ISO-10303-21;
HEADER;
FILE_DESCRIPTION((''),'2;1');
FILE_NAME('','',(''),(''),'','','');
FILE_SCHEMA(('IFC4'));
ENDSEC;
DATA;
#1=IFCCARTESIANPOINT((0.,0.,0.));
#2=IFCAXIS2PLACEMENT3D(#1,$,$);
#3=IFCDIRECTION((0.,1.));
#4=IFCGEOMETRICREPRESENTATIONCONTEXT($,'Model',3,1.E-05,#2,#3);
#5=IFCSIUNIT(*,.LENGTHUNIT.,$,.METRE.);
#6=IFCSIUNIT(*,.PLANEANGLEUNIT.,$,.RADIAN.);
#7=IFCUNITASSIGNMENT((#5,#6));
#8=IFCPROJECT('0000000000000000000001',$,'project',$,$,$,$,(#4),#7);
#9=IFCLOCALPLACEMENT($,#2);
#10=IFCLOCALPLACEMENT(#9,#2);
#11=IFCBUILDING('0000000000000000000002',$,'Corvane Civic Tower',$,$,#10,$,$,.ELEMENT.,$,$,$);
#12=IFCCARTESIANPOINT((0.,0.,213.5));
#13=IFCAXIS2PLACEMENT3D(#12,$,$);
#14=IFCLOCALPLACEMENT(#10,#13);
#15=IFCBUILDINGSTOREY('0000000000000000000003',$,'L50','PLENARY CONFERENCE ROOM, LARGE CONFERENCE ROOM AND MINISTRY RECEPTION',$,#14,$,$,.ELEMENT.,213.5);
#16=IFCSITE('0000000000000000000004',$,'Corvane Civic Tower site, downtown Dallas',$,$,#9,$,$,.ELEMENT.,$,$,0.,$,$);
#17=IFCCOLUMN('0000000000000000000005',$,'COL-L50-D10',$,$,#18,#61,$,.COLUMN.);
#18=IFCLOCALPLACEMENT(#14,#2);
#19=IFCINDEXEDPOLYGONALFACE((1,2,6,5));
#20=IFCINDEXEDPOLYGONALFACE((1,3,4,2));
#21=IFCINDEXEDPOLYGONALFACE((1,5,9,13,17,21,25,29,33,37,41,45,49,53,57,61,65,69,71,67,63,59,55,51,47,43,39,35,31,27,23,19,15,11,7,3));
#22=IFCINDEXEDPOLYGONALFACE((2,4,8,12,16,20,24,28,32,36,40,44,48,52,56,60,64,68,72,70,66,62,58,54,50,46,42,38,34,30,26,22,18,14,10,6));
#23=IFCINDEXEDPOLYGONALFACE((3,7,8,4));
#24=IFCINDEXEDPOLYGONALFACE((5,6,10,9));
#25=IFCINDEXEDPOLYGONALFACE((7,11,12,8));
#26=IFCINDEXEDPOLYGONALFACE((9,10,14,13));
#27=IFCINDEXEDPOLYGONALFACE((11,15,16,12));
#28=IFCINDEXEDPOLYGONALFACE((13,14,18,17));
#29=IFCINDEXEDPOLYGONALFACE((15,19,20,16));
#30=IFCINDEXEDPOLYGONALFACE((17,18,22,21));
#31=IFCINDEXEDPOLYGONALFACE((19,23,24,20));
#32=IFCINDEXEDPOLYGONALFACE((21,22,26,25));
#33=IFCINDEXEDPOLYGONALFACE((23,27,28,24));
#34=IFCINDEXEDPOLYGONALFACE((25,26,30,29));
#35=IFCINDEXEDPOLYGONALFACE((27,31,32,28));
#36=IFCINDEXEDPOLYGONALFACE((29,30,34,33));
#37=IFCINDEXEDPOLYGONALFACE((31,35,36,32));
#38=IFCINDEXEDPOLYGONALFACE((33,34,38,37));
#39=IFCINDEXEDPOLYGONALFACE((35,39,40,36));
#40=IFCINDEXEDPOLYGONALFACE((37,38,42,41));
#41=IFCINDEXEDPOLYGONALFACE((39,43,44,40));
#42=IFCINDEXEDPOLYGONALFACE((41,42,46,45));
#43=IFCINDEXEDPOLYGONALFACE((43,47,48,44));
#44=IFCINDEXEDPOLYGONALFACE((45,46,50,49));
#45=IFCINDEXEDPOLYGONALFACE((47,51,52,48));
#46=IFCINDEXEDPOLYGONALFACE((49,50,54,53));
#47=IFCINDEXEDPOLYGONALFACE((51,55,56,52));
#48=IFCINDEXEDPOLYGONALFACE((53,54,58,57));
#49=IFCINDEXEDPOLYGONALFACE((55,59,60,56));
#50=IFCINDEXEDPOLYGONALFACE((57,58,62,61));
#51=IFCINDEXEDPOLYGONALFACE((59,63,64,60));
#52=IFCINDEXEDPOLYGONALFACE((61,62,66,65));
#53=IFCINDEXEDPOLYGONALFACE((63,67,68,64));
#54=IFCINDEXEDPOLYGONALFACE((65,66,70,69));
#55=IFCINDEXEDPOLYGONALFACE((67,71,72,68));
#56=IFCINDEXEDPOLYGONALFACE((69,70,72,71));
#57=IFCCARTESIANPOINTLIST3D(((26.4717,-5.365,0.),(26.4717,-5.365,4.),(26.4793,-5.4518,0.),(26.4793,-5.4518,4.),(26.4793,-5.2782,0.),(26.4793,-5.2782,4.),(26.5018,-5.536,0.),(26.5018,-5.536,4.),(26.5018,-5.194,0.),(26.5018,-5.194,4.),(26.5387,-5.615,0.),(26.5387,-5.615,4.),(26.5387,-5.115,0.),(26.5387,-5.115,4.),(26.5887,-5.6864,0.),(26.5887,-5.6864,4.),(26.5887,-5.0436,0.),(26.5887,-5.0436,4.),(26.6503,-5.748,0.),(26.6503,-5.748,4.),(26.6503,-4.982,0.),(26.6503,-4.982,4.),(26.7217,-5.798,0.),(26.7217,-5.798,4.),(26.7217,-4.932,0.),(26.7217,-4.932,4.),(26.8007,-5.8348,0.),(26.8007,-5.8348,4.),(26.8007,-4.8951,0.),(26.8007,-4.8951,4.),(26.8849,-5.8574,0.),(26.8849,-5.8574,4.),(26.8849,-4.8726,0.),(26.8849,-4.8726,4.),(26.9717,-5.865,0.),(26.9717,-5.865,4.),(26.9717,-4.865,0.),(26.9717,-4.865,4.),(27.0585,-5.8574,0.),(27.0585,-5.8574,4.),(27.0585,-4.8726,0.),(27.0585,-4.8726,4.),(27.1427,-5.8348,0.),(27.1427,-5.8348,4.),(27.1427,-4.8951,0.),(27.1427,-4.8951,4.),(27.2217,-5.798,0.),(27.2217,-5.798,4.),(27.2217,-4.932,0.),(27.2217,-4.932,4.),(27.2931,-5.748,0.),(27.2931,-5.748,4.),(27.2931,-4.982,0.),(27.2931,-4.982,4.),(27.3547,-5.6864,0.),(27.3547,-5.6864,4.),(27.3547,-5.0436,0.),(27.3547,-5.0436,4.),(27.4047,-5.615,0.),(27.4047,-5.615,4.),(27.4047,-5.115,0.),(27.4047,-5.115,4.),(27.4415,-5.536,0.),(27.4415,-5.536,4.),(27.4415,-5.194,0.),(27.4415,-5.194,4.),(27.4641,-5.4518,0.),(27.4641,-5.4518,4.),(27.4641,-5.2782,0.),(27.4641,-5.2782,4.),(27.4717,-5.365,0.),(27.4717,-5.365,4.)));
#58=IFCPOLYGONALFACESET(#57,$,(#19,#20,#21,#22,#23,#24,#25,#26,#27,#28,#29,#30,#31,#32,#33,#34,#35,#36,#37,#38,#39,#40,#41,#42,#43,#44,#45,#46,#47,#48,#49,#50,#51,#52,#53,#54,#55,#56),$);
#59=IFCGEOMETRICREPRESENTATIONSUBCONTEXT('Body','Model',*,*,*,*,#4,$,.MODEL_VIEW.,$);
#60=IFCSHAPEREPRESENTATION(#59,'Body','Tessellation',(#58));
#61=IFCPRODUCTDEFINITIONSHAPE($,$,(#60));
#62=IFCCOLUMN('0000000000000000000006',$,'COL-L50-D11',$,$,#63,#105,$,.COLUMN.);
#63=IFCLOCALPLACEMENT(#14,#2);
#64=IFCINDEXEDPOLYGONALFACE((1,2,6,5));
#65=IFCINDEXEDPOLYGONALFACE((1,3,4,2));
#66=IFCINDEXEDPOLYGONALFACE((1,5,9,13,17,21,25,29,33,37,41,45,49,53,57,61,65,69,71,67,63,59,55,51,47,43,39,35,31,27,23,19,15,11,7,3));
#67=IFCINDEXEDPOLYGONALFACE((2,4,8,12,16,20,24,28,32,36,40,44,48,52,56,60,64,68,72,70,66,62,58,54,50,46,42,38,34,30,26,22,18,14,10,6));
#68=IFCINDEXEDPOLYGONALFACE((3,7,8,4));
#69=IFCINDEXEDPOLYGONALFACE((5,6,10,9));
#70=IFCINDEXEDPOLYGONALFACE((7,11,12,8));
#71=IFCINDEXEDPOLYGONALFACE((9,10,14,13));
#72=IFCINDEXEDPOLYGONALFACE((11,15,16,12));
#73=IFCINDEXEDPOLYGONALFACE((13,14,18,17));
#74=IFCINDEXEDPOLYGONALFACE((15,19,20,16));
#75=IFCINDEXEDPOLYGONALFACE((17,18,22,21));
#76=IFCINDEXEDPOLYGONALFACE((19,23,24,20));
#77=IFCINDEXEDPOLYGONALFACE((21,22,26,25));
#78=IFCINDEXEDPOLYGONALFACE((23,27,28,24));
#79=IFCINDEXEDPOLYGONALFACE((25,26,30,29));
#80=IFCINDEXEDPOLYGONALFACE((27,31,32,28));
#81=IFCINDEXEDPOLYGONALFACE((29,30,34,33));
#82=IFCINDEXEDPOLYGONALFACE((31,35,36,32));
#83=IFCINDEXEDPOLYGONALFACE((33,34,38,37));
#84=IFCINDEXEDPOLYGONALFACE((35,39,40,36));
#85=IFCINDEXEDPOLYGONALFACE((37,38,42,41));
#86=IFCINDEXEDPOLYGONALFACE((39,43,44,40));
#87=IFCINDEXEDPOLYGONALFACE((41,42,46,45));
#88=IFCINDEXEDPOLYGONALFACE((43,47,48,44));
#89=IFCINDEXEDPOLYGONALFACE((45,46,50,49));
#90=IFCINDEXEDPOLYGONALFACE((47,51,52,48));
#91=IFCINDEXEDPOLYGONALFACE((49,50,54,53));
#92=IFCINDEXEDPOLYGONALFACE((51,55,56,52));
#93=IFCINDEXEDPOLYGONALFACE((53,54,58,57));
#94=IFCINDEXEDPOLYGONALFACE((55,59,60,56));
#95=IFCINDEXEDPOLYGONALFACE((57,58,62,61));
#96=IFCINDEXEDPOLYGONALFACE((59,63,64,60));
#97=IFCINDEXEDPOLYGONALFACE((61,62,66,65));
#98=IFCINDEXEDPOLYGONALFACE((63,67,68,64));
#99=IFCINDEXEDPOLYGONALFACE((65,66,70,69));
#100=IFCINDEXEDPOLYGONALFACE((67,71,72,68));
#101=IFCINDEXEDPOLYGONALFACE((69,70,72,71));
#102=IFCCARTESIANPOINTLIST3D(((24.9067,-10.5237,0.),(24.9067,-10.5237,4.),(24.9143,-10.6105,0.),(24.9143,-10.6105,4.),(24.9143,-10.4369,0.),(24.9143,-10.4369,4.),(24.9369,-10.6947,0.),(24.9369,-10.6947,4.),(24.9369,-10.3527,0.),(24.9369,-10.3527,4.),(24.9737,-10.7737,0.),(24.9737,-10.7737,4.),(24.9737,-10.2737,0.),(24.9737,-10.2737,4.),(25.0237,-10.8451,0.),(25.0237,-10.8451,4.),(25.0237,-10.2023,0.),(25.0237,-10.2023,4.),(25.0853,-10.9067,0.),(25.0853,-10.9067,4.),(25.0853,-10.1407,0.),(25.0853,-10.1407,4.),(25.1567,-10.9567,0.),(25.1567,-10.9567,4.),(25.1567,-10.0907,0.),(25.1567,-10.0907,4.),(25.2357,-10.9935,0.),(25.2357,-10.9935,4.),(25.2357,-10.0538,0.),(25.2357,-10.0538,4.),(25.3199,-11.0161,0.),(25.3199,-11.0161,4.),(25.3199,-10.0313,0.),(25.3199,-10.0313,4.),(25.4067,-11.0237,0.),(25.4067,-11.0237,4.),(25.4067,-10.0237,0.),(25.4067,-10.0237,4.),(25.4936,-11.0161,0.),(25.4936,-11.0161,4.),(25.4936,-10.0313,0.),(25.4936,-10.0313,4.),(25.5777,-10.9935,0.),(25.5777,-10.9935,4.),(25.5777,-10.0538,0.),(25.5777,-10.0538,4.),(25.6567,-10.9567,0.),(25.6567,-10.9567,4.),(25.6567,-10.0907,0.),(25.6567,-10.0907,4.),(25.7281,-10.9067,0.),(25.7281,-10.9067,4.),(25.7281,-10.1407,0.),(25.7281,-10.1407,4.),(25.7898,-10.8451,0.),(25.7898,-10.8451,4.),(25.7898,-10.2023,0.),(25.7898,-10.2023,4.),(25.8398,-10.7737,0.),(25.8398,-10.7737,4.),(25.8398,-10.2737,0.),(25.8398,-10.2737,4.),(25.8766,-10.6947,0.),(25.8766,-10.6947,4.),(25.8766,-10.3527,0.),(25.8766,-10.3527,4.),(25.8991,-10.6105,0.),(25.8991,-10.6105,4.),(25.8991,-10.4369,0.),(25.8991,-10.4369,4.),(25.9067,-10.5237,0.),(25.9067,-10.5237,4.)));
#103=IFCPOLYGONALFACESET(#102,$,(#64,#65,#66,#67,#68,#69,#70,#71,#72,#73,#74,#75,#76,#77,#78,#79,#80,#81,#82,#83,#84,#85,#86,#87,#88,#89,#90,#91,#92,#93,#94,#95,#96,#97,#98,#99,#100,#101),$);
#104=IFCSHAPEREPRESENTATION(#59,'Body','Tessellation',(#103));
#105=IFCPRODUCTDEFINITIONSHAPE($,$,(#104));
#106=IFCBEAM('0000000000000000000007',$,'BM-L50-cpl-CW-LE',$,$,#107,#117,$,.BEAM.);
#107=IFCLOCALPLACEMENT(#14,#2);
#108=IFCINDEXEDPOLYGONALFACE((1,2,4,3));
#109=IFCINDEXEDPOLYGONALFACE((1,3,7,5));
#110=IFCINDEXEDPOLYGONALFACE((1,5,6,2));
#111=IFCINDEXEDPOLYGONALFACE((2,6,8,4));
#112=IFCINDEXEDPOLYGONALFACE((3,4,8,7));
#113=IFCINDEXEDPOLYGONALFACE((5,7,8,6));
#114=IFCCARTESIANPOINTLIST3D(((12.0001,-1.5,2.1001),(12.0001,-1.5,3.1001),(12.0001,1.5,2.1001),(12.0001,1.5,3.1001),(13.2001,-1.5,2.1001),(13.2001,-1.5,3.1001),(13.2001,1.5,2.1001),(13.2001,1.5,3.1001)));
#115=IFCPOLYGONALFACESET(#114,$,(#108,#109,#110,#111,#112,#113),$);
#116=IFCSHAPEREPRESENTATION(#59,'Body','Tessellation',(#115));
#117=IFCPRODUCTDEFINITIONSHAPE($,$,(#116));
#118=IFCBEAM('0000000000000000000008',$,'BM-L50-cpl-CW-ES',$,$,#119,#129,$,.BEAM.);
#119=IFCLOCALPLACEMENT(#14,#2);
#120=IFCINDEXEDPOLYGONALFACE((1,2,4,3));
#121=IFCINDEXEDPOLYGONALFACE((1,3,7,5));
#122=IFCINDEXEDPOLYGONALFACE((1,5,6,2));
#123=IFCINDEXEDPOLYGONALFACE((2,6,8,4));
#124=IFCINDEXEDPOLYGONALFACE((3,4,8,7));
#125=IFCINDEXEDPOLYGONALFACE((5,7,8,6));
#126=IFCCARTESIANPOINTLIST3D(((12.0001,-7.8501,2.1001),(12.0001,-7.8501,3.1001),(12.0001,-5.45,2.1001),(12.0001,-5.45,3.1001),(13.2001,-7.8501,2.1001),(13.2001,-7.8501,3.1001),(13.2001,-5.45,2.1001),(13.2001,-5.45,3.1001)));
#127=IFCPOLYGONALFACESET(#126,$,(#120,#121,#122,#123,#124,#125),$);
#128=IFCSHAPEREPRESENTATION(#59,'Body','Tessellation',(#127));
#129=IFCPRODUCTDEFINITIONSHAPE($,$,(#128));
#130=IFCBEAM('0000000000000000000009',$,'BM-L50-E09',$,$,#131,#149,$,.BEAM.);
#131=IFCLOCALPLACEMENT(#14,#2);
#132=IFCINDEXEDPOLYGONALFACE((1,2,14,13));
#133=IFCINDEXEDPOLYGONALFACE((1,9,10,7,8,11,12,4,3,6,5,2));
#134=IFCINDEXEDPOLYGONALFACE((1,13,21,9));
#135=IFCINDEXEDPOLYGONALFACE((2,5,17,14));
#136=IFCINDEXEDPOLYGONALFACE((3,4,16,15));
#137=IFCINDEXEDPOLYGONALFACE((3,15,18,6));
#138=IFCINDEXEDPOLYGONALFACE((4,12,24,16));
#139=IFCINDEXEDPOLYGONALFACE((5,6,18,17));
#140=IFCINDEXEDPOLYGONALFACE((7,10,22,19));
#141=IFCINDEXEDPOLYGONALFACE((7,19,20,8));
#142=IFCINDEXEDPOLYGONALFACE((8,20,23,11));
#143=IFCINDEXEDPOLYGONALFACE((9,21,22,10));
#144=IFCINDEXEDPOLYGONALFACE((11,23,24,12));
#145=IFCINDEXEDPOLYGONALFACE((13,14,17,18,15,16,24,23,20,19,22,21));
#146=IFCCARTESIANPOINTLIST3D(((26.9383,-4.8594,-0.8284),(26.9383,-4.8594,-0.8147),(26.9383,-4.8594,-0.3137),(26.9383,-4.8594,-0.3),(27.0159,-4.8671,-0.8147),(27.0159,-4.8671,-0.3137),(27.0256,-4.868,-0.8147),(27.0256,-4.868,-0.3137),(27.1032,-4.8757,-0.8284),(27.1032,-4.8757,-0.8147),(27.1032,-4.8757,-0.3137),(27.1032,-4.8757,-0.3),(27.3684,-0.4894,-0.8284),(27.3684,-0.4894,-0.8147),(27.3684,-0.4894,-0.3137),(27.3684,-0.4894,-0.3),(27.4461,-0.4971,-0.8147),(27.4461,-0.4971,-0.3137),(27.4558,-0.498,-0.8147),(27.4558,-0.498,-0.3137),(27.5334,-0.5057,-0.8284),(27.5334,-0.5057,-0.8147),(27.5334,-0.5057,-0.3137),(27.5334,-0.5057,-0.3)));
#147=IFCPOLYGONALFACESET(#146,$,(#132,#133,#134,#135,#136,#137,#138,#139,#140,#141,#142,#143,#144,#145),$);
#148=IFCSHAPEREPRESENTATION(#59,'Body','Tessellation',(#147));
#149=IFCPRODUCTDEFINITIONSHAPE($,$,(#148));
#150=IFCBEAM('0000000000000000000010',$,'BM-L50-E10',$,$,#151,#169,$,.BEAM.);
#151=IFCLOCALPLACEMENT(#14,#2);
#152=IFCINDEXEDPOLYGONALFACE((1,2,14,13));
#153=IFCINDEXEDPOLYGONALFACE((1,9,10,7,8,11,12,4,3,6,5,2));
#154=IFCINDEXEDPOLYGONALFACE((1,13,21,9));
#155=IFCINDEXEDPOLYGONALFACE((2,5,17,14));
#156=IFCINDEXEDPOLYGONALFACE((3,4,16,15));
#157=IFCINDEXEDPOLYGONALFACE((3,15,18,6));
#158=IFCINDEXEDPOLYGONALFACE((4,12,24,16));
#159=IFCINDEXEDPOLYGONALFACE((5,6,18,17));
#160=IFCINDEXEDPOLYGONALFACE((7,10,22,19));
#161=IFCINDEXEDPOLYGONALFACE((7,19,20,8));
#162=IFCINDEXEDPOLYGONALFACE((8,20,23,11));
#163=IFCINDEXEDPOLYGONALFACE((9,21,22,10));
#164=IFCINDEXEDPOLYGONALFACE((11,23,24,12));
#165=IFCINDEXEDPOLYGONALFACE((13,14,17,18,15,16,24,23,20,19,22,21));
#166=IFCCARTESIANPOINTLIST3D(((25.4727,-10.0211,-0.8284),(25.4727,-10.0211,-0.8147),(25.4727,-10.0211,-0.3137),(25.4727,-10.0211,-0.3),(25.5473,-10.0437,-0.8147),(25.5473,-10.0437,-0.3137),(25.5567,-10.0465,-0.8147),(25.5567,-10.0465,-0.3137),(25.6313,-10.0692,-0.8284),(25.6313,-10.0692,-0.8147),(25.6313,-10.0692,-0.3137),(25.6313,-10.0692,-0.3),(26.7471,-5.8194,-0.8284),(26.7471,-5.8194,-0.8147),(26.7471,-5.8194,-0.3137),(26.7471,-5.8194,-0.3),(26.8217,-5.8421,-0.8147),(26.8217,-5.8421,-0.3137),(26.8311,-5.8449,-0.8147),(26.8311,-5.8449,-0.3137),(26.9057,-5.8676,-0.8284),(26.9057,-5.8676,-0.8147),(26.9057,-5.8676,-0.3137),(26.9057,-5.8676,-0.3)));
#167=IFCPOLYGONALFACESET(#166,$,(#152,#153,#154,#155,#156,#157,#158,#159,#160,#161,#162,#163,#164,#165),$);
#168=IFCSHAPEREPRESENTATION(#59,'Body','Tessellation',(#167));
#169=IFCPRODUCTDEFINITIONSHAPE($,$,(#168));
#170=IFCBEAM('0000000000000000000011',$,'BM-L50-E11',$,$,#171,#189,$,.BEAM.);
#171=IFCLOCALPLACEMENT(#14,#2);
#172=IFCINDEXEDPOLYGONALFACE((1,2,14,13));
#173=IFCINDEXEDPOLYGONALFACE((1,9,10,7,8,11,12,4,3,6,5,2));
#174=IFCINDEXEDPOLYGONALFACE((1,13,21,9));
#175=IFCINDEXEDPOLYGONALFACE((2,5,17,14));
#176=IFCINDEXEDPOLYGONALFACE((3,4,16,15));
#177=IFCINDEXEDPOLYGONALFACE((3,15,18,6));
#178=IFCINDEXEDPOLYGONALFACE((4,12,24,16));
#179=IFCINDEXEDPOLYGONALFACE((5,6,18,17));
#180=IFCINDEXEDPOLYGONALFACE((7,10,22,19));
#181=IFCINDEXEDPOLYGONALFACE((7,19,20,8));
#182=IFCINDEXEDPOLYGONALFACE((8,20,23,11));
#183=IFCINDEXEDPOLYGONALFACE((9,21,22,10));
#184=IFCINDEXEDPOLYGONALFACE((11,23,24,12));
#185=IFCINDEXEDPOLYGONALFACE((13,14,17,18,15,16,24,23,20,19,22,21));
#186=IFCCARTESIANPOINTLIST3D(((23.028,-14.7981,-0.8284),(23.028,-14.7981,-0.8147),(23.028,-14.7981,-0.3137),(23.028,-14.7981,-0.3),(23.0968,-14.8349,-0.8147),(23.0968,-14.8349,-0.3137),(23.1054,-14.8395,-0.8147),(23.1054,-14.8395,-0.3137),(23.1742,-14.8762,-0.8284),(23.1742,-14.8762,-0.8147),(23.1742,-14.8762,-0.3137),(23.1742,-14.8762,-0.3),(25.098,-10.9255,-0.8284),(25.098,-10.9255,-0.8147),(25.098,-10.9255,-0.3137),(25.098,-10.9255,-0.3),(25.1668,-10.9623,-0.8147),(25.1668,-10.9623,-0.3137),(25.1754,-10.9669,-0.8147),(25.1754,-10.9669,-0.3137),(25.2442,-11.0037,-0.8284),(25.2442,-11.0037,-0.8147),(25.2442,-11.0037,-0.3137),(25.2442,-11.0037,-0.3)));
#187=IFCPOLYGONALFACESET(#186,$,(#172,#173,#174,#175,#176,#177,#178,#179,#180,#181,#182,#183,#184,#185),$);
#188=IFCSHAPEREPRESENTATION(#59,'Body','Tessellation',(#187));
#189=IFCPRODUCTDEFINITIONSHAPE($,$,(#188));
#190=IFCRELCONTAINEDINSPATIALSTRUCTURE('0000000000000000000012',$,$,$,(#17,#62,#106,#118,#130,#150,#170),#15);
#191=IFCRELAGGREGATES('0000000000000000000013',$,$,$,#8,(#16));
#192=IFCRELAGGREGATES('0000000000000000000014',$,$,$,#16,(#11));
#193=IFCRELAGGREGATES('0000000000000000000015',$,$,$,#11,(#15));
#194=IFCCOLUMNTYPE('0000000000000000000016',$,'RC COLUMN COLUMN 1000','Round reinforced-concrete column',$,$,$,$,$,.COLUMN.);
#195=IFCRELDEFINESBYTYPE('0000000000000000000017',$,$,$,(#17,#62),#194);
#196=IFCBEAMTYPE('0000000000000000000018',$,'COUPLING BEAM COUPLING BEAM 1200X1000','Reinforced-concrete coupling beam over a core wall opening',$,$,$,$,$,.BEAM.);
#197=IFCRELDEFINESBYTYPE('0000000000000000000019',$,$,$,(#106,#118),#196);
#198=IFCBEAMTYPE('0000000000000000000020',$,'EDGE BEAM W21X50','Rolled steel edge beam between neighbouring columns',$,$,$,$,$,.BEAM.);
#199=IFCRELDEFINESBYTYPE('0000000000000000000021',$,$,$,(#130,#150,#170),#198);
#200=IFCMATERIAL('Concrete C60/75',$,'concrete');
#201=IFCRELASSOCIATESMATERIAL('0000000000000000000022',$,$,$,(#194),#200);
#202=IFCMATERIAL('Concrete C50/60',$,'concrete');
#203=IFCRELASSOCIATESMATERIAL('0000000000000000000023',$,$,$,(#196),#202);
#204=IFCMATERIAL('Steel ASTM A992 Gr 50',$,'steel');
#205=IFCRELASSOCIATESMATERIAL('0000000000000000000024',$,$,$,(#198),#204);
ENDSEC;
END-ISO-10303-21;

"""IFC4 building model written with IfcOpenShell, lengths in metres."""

from ifc_helpers import new_model, si_unit, direction, frame, origin, origin_2d, place, context, subcontext, project, spatial, rectangle, circle, i_section, extrude, material, material_profile, profile_set, type_object, element, save


model = new_model("IFC4")

# Units and contexts
model_context = context("Model", 3, precision=1e-05, world=origin(), true_north=direction((0.0, 1.0)))
body_context = subcontext(model_context, "Body", "Model", "MODEL_VIEW")
ifc_project = project(units=[si_unit("LENGTHUNIT", "METRE"), si_unit("PLANEANGLEUNIT", "RADIAN")], contexts=[model_context])

# Site, building, storey
site_placement = place(None, origin())
site = spatial("IfcSite", under=ifc_project, at=site_placement, Name="Corvane Civic Tower site, downtown Dallas", CompositionType="ELEMENT", RefElevation=0.0)
building_placement = place(site_placement, origin())
building = spatial("IfcBuilding", under=site, at=building_placement, Name="Corvane Civic Tower", CompositionType="ELEMENT")
storey_placement = place(building_placement, frame((0.0, 0.0, 213.5)))
storey = spatial("IfcBuildingStorey", under=building, at=storey_placement, Name="L50", Description="PLENARY CONFERENCE ROOM, LARGE CONFERENCE ROOM AND MINISTRY RECEPTION", CompositionType="ELEMENT", Elevation=213.5)

# Columns
ifc_material_1 = material(Name="Concrete C60/75", Category="concrete")
ifc_material_profile_1 = material_profile(ifc_material_1, circle(Radius=0.5, at=origin_2d()), Name="COLUMN 1000")
ifc_profile_set_1 = profile_set([ifc_material_profile_1], Name="Concrete C60/75")
column_type = type_object("IfcColumnType", Name="RC COLUMN COLUMN 1000", Description="Round reinforced-concrete column", PredefinedType="COLUMN", material=ifc_profile_set_1)
for number, where, z_axis, x_axis, name in (
    (1, (26.9717, -5.365, 0.0), (0.0, 0.0, 1.0), (1.0, 0.0, 0.0), "COL-L50-D10"),
    (2, (25.4067, -10.5237, 0.0), (0.0, 0.0, 1.0), (1.0, 0.0, 0.0), "COL-L50-D11"),
):
    element("IfcColumn", number, at=place(storey_placement, frame(where, z_axis=z_axis, x_axis=x_axis)), inside=storey, type_object=column_type, Name=name, PredefinedType="COLUMN", context=body_context, shape_type="SweptSolid", body=[
        extrude(circle(Radius=0.5, at=origin_2d()), origin(), (0.0, 0.0, 1.0), 4.0),
    ])

# Beams
ifc_material_2 = material(Name="Concrete C50/60", Category="concrete")
ifc_material_profile_2 = material_profile(ifc_material_2, rectangle(XDim=1.2, YDim=1.0, at=origin_2d()), Name="COUPLING BEAM 1200X1000")
ifc_profile_set_2 = profile_set([ifc_material_profile_2], Name="Concrete C50/60")
beam_type_1 = type_object("IfcBeamType", Name="COUPLING BEAM COUPLING BEAM 1200X1000", Description="Reinforced-concrete coupling beam over a core wall opening", PredefinedType="BEAM", material=ifc_profile_set_2)
beam_1_placement = place(storey_placement, frame((12.6001, -1.5, 2.6001), z_axis=(0.0, 1.0, 0.0), x_axis=(-1.0, 0.0, 0.0)))
element("IfcBeam", 3, at=beam_1_placement, inside=storey, type_object=beam_type_1, Name="BM-L50-cpl-CW-LE", PredefinedType="BEAM", context=body_context, shape_type="SweptSolid", body=[
    extrude(rectangle(XDim=1.2, YDim=1.0, at=origin_2d()), origin(), (0.0, 0.0, 1.0), 3.0),
])
beam_2_placement = place(storey_placement, frame((12.6001, -7.8501, 2.6001), z_axis=(0.0, 1.0, 0.0), x_axis=(-1.0, 0.0, 0.0)))
element("IfcBeam", 4, at=beam_2_placement, inside=storey, type_object=beam_type_1, Name="BM-L50-cpl-CW-ES", PredefinedType="BEAM", context=body_context, shape_type="SweptSolid", body=[
    extrude(rectangle(XDim=1.2, YDim=1.0, at=origin_2d()), origin(), (0.0, 0.0, 1.0), 2.4001),
])
ifc_material_3 = material(Name="Steel ASTM A992 Gr 50", Category="steel")
ifc_material_profile_3 = material_profile(ifc_material_3, i_section(OverallWidth=0.1658, OverallDepth=0.5283, WebThickness=0.0098, FlangeThickness=0.0137, at=origin_2d()), Name="W21X50")
ifc_profile_set_3 = profile_set([ifc_material_profile_3], Name="Steel ASTM A992 Gr 50")
beam_type_2 = type_object("IfcBeamType", Name="EDGE BEAM W21X50", Description="Rolled steel edge beam between neighbouring columns", PredefinedType="BEAM", material=ifc_profile_set_3)
beam_3_placement = place(storey_placement, frame((27.4509, -0.4976, -0.5642), z_axis=(-0.097968, -0.99519, 0.0), x_axis=(0.99519, -0.097968, 0.0)))
element("IfcBeam", 5, at=beam_3_placement, inside=storey, type_object=beam_type_2, Name="BM-L50-E09", PredefinedType="BEAM", context=body_context, shape_type="SweptSolid", body=[
    extrude(i_section(OverallWidth=0.1658, OverallDepth=0.5283, WebThickness=0.0098, FlangeThickness=0.0137, at=origin_2d()), origin(), (0.0, 0.0, 1.0), 4.3911),
])
beam_4_placement = place(storey_placement, frame((26.8264, -5.8435, -0.5642), z_axis=(-0.290254, -0.95695, 0.0), x_axis=(0.95695, -0.290254, 0.0)))
element("IfcBeam", 6, at=beam_4_placement, inside=storey, type_object=beam_type_2, Name="BM-L50-E10", PredefinedType="BEAM", context=body_context, shape_type="SweptSolid", body=[
    extrude(i_section(OverallWidth=0.1658, OverallDepth=0.5283, WebThickness=0.0098, FlangeThickness=0.0137, at=origin_2d()), origin(), (0.0, 0.0, 1.0), 4.3906),
])
beam_5_placement = place(storey_placement, frame((25.1711, -10.9646, -0.5642), z_axis=(-0.471422, -0.881908, 0.0), x_axis=(0.881908, -0.471422, 0.0)))
element("IfcBeam", 7, at=beam_5_placement, inside=storey, type_object=beam_type_2, Name="BM-L50-E11", PredefinedType="BEAM", context=body_context, shape_type="SweptSolid", body=[
    extrude(i_section(OverallWidth=0.1658, OverallDepth=0.5283, WebThickness=0.0098, FlangeThickness=0.0137, at=origin_2d()), origin(), (0.0, 0.0, 1.0), 4.3911),
])

save(model, "model.ifc")
